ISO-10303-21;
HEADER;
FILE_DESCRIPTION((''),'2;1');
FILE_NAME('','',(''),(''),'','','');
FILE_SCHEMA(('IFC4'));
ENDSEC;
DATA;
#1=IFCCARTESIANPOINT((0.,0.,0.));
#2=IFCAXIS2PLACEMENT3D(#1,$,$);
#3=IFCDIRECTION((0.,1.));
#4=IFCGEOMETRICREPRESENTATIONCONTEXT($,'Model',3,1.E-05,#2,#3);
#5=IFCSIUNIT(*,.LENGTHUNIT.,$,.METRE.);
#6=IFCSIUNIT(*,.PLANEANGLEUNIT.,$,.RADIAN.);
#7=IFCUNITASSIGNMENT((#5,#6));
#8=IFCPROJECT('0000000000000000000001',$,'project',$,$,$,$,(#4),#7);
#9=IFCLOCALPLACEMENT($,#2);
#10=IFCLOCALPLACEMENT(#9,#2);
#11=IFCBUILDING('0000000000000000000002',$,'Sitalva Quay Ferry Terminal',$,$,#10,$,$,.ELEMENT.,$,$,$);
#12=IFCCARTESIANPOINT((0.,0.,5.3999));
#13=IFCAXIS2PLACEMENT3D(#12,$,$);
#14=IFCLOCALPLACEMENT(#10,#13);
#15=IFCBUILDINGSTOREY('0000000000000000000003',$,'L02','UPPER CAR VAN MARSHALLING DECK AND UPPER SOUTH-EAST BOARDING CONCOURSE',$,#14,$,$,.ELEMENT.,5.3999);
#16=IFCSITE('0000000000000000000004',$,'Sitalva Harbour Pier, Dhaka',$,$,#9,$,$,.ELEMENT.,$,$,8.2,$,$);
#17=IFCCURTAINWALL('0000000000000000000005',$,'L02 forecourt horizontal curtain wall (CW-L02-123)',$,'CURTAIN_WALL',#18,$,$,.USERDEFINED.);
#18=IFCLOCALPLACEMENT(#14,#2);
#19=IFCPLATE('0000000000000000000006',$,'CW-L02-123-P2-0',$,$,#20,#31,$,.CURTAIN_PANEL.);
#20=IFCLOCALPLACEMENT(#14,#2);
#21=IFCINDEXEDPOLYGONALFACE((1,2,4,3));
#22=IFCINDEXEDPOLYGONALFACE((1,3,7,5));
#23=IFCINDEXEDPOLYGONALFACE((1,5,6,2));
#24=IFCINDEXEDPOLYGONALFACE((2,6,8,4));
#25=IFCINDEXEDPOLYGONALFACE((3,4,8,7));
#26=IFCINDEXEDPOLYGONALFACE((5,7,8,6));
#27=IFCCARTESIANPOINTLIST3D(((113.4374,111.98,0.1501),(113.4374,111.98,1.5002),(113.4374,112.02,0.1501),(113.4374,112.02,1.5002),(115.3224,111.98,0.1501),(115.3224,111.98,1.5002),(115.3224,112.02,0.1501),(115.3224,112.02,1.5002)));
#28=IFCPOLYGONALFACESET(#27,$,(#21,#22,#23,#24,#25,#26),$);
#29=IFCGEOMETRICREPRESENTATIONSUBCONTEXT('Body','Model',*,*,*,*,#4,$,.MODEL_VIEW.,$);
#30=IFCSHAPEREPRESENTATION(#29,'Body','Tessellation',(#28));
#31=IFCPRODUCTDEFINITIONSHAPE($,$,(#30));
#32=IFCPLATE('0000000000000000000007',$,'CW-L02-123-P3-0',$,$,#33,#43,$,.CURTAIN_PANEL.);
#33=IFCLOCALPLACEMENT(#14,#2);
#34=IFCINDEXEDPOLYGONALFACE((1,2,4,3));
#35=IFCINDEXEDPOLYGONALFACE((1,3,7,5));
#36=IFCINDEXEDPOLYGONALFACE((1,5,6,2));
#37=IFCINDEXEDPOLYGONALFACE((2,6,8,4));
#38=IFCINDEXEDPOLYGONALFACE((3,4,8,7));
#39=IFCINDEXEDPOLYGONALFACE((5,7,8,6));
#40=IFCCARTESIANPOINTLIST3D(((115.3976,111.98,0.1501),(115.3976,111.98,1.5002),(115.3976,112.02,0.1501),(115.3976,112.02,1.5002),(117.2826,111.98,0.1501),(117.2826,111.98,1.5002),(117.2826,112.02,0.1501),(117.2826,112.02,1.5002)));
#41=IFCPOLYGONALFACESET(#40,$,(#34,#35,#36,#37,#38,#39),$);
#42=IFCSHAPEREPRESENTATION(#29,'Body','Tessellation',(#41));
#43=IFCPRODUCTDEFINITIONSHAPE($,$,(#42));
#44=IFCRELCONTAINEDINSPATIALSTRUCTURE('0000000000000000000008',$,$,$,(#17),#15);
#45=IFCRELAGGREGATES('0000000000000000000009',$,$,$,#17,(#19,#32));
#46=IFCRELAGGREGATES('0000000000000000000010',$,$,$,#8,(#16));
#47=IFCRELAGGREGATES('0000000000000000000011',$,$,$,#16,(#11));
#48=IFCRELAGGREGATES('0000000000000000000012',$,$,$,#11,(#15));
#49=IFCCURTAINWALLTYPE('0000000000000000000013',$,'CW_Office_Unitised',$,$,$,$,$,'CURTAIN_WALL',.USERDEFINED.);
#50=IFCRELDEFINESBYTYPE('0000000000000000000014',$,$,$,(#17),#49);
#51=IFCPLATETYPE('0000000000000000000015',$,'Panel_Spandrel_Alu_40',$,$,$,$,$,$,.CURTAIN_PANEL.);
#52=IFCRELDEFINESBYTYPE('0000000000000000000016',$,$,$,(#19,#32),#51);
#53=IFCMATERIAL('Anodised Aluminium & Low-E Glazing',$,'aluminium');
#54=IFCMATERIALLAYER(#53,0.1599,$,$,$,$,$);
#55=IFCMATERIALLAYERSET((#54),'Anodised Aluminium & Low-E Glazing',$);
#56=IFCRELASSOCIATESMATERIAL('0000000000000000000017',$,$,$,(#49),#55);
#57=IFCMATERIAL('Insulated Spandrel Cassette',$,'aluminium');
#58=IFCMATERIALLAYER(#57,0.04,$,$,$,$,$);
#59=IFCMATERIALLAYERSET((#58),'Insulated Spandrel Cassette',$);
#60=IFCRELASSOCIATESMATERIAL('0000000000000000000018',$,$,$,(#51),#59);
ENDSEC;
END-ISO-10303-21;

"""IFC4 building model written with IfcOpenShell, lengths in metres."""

from ifc_helpers import new_model, si_unit, direction, frame, origin, origin_2d, place, context, subcontext, project, spatial, rectangle, extrude, material, layer, layer_set, type_object, element, aggregate, save


model = new_model("IFC4")

# Units and contexts
model_context = context("Model", 3, precision=1e-05, world=origin(), true_north=direction((0.0, 1.0)))
body_context = subcontext(model_context, "Body", "Model", "MODEL_VIEW")
ifc_project = project(units=[si_unit("LENGTHUNIT", "METRE"), si_unit("PLANEANGLEUNIT", "RADIAN")], contexts=[model_context])

# Site, building, storey
site_placement = place(None, origin())
site = spatial("IfcSite", under=ifc_project, at=site_placement, Name="Sitalva Harbour Pier, Dhaka", CompositionType="ELEMENT", RefElevation=8.2)
building_placement = place(site_placement, origin())
building = spatial("IfcBuilding", under=site, at=building_placement, Name="Sitalva Quay Ferry Terminal", CompositionType="ELEMENT")
storey_placement = place(building_placement, frame((0.0, 0.0, 5.3999)))
storey = spatial("IfcBuildingStorey", under=building, at=storey_placement, Name="L02", Description="UPPER CAR VAN MARSHALLING DECK AND UPPER SOUTH-EAST BOARDING CONCOURSE", CompositionType="ELEMENT", Elevation=5.3999)

# Shared definitions
ifc_material_1 = material(Name="Anodised Aluminium & Low-E Glazing", Category="aluminium")
ifc_layer_1 = layer(ifc_material_1, 0.1599)
ifc_layer_set_1 = layer_set([ifc_layer_1], Name="Anodised Aluminium & Low-E Glazing")
curtain_wall_type = type_object("IfcCurtainWallType", Name="CW_Office_Unitised", ElementType="CURTAIN_WALL", PredefinedType="USERDEFINED", material=ifc_layer_set_1)

# Curtain wall
curtain_wall_1_placement = place(storey_placement, origin())
curtain_wall_1 = element("IfcCurtainWall", 1, at=curtain_wall_1_placement, inside=storey, type_object=curtain_wall_type, Name="L02 forecourt horizontal curtain wall (CW-L02-123)", ObjectType="CURTAIN_WALL", PredefinedType="USERDEFINED")

# Plates
ifc_material_2 = material(Name="Insulated Spandrel Cassette", Category="aluminium")
ifc_layer_2 = layer(ifc_material_2, 0.04)
ifc_layer_set_2 = layer_set([ifc_layer_2], Name="Insulated Spandrel Cassette")
plate_type_1 = type_object("IfcPlateType", Name="Panel_Spandrel_Alu_40", PredefinedType="CURTAIN_PANEL", material=ifc_layer_set_2)
plate_1_placement = place(storey_placement, frame((114.3799, 112.0, 0.1501), z_axis=(0.0, 0.0, 1.0), x_axis=(1.0, 0.0, 0.0)))
plate_1 = element("IfcPlate", 2, at=plate_1_placement, type_object=plate_type_1, Name="CW-L02-123-P2-0", PredefinedType="CURTAIN_PANEL", context=body_context, shape_type="SweptSolid", body=[
    extrude(rectangle(XDim=1.885, YDim=0.04, at=origin_2d()), origin(), (0.0, 0.0, 1.0), 1.3501),
])
plate_2_placement = place(storey_placement, frame((116.3401, 112.0, 0.1501), z_axis=(0.0, 0.0, 1.0), x_axis=(1.0, 0.0, 0.0)))
plate_2 = element("IfcPlate", 3, at=plate_2_placement, type_object=plate_type_1, Name="CW-L02-123-P3-0", PredefinedType="CURTAIN_PANEL", context=body_context, shape_type="SweptSolid", body=[
    extrude(rectangle(XDim=1.885, YDim=0.04, at=origin_2d()), origin(), (0.0, 0.0, 1.0), 1.3501),
])
aggregate(curtain_wall_1, [plate_1, plate_2])

save(model, "model.ifc")
